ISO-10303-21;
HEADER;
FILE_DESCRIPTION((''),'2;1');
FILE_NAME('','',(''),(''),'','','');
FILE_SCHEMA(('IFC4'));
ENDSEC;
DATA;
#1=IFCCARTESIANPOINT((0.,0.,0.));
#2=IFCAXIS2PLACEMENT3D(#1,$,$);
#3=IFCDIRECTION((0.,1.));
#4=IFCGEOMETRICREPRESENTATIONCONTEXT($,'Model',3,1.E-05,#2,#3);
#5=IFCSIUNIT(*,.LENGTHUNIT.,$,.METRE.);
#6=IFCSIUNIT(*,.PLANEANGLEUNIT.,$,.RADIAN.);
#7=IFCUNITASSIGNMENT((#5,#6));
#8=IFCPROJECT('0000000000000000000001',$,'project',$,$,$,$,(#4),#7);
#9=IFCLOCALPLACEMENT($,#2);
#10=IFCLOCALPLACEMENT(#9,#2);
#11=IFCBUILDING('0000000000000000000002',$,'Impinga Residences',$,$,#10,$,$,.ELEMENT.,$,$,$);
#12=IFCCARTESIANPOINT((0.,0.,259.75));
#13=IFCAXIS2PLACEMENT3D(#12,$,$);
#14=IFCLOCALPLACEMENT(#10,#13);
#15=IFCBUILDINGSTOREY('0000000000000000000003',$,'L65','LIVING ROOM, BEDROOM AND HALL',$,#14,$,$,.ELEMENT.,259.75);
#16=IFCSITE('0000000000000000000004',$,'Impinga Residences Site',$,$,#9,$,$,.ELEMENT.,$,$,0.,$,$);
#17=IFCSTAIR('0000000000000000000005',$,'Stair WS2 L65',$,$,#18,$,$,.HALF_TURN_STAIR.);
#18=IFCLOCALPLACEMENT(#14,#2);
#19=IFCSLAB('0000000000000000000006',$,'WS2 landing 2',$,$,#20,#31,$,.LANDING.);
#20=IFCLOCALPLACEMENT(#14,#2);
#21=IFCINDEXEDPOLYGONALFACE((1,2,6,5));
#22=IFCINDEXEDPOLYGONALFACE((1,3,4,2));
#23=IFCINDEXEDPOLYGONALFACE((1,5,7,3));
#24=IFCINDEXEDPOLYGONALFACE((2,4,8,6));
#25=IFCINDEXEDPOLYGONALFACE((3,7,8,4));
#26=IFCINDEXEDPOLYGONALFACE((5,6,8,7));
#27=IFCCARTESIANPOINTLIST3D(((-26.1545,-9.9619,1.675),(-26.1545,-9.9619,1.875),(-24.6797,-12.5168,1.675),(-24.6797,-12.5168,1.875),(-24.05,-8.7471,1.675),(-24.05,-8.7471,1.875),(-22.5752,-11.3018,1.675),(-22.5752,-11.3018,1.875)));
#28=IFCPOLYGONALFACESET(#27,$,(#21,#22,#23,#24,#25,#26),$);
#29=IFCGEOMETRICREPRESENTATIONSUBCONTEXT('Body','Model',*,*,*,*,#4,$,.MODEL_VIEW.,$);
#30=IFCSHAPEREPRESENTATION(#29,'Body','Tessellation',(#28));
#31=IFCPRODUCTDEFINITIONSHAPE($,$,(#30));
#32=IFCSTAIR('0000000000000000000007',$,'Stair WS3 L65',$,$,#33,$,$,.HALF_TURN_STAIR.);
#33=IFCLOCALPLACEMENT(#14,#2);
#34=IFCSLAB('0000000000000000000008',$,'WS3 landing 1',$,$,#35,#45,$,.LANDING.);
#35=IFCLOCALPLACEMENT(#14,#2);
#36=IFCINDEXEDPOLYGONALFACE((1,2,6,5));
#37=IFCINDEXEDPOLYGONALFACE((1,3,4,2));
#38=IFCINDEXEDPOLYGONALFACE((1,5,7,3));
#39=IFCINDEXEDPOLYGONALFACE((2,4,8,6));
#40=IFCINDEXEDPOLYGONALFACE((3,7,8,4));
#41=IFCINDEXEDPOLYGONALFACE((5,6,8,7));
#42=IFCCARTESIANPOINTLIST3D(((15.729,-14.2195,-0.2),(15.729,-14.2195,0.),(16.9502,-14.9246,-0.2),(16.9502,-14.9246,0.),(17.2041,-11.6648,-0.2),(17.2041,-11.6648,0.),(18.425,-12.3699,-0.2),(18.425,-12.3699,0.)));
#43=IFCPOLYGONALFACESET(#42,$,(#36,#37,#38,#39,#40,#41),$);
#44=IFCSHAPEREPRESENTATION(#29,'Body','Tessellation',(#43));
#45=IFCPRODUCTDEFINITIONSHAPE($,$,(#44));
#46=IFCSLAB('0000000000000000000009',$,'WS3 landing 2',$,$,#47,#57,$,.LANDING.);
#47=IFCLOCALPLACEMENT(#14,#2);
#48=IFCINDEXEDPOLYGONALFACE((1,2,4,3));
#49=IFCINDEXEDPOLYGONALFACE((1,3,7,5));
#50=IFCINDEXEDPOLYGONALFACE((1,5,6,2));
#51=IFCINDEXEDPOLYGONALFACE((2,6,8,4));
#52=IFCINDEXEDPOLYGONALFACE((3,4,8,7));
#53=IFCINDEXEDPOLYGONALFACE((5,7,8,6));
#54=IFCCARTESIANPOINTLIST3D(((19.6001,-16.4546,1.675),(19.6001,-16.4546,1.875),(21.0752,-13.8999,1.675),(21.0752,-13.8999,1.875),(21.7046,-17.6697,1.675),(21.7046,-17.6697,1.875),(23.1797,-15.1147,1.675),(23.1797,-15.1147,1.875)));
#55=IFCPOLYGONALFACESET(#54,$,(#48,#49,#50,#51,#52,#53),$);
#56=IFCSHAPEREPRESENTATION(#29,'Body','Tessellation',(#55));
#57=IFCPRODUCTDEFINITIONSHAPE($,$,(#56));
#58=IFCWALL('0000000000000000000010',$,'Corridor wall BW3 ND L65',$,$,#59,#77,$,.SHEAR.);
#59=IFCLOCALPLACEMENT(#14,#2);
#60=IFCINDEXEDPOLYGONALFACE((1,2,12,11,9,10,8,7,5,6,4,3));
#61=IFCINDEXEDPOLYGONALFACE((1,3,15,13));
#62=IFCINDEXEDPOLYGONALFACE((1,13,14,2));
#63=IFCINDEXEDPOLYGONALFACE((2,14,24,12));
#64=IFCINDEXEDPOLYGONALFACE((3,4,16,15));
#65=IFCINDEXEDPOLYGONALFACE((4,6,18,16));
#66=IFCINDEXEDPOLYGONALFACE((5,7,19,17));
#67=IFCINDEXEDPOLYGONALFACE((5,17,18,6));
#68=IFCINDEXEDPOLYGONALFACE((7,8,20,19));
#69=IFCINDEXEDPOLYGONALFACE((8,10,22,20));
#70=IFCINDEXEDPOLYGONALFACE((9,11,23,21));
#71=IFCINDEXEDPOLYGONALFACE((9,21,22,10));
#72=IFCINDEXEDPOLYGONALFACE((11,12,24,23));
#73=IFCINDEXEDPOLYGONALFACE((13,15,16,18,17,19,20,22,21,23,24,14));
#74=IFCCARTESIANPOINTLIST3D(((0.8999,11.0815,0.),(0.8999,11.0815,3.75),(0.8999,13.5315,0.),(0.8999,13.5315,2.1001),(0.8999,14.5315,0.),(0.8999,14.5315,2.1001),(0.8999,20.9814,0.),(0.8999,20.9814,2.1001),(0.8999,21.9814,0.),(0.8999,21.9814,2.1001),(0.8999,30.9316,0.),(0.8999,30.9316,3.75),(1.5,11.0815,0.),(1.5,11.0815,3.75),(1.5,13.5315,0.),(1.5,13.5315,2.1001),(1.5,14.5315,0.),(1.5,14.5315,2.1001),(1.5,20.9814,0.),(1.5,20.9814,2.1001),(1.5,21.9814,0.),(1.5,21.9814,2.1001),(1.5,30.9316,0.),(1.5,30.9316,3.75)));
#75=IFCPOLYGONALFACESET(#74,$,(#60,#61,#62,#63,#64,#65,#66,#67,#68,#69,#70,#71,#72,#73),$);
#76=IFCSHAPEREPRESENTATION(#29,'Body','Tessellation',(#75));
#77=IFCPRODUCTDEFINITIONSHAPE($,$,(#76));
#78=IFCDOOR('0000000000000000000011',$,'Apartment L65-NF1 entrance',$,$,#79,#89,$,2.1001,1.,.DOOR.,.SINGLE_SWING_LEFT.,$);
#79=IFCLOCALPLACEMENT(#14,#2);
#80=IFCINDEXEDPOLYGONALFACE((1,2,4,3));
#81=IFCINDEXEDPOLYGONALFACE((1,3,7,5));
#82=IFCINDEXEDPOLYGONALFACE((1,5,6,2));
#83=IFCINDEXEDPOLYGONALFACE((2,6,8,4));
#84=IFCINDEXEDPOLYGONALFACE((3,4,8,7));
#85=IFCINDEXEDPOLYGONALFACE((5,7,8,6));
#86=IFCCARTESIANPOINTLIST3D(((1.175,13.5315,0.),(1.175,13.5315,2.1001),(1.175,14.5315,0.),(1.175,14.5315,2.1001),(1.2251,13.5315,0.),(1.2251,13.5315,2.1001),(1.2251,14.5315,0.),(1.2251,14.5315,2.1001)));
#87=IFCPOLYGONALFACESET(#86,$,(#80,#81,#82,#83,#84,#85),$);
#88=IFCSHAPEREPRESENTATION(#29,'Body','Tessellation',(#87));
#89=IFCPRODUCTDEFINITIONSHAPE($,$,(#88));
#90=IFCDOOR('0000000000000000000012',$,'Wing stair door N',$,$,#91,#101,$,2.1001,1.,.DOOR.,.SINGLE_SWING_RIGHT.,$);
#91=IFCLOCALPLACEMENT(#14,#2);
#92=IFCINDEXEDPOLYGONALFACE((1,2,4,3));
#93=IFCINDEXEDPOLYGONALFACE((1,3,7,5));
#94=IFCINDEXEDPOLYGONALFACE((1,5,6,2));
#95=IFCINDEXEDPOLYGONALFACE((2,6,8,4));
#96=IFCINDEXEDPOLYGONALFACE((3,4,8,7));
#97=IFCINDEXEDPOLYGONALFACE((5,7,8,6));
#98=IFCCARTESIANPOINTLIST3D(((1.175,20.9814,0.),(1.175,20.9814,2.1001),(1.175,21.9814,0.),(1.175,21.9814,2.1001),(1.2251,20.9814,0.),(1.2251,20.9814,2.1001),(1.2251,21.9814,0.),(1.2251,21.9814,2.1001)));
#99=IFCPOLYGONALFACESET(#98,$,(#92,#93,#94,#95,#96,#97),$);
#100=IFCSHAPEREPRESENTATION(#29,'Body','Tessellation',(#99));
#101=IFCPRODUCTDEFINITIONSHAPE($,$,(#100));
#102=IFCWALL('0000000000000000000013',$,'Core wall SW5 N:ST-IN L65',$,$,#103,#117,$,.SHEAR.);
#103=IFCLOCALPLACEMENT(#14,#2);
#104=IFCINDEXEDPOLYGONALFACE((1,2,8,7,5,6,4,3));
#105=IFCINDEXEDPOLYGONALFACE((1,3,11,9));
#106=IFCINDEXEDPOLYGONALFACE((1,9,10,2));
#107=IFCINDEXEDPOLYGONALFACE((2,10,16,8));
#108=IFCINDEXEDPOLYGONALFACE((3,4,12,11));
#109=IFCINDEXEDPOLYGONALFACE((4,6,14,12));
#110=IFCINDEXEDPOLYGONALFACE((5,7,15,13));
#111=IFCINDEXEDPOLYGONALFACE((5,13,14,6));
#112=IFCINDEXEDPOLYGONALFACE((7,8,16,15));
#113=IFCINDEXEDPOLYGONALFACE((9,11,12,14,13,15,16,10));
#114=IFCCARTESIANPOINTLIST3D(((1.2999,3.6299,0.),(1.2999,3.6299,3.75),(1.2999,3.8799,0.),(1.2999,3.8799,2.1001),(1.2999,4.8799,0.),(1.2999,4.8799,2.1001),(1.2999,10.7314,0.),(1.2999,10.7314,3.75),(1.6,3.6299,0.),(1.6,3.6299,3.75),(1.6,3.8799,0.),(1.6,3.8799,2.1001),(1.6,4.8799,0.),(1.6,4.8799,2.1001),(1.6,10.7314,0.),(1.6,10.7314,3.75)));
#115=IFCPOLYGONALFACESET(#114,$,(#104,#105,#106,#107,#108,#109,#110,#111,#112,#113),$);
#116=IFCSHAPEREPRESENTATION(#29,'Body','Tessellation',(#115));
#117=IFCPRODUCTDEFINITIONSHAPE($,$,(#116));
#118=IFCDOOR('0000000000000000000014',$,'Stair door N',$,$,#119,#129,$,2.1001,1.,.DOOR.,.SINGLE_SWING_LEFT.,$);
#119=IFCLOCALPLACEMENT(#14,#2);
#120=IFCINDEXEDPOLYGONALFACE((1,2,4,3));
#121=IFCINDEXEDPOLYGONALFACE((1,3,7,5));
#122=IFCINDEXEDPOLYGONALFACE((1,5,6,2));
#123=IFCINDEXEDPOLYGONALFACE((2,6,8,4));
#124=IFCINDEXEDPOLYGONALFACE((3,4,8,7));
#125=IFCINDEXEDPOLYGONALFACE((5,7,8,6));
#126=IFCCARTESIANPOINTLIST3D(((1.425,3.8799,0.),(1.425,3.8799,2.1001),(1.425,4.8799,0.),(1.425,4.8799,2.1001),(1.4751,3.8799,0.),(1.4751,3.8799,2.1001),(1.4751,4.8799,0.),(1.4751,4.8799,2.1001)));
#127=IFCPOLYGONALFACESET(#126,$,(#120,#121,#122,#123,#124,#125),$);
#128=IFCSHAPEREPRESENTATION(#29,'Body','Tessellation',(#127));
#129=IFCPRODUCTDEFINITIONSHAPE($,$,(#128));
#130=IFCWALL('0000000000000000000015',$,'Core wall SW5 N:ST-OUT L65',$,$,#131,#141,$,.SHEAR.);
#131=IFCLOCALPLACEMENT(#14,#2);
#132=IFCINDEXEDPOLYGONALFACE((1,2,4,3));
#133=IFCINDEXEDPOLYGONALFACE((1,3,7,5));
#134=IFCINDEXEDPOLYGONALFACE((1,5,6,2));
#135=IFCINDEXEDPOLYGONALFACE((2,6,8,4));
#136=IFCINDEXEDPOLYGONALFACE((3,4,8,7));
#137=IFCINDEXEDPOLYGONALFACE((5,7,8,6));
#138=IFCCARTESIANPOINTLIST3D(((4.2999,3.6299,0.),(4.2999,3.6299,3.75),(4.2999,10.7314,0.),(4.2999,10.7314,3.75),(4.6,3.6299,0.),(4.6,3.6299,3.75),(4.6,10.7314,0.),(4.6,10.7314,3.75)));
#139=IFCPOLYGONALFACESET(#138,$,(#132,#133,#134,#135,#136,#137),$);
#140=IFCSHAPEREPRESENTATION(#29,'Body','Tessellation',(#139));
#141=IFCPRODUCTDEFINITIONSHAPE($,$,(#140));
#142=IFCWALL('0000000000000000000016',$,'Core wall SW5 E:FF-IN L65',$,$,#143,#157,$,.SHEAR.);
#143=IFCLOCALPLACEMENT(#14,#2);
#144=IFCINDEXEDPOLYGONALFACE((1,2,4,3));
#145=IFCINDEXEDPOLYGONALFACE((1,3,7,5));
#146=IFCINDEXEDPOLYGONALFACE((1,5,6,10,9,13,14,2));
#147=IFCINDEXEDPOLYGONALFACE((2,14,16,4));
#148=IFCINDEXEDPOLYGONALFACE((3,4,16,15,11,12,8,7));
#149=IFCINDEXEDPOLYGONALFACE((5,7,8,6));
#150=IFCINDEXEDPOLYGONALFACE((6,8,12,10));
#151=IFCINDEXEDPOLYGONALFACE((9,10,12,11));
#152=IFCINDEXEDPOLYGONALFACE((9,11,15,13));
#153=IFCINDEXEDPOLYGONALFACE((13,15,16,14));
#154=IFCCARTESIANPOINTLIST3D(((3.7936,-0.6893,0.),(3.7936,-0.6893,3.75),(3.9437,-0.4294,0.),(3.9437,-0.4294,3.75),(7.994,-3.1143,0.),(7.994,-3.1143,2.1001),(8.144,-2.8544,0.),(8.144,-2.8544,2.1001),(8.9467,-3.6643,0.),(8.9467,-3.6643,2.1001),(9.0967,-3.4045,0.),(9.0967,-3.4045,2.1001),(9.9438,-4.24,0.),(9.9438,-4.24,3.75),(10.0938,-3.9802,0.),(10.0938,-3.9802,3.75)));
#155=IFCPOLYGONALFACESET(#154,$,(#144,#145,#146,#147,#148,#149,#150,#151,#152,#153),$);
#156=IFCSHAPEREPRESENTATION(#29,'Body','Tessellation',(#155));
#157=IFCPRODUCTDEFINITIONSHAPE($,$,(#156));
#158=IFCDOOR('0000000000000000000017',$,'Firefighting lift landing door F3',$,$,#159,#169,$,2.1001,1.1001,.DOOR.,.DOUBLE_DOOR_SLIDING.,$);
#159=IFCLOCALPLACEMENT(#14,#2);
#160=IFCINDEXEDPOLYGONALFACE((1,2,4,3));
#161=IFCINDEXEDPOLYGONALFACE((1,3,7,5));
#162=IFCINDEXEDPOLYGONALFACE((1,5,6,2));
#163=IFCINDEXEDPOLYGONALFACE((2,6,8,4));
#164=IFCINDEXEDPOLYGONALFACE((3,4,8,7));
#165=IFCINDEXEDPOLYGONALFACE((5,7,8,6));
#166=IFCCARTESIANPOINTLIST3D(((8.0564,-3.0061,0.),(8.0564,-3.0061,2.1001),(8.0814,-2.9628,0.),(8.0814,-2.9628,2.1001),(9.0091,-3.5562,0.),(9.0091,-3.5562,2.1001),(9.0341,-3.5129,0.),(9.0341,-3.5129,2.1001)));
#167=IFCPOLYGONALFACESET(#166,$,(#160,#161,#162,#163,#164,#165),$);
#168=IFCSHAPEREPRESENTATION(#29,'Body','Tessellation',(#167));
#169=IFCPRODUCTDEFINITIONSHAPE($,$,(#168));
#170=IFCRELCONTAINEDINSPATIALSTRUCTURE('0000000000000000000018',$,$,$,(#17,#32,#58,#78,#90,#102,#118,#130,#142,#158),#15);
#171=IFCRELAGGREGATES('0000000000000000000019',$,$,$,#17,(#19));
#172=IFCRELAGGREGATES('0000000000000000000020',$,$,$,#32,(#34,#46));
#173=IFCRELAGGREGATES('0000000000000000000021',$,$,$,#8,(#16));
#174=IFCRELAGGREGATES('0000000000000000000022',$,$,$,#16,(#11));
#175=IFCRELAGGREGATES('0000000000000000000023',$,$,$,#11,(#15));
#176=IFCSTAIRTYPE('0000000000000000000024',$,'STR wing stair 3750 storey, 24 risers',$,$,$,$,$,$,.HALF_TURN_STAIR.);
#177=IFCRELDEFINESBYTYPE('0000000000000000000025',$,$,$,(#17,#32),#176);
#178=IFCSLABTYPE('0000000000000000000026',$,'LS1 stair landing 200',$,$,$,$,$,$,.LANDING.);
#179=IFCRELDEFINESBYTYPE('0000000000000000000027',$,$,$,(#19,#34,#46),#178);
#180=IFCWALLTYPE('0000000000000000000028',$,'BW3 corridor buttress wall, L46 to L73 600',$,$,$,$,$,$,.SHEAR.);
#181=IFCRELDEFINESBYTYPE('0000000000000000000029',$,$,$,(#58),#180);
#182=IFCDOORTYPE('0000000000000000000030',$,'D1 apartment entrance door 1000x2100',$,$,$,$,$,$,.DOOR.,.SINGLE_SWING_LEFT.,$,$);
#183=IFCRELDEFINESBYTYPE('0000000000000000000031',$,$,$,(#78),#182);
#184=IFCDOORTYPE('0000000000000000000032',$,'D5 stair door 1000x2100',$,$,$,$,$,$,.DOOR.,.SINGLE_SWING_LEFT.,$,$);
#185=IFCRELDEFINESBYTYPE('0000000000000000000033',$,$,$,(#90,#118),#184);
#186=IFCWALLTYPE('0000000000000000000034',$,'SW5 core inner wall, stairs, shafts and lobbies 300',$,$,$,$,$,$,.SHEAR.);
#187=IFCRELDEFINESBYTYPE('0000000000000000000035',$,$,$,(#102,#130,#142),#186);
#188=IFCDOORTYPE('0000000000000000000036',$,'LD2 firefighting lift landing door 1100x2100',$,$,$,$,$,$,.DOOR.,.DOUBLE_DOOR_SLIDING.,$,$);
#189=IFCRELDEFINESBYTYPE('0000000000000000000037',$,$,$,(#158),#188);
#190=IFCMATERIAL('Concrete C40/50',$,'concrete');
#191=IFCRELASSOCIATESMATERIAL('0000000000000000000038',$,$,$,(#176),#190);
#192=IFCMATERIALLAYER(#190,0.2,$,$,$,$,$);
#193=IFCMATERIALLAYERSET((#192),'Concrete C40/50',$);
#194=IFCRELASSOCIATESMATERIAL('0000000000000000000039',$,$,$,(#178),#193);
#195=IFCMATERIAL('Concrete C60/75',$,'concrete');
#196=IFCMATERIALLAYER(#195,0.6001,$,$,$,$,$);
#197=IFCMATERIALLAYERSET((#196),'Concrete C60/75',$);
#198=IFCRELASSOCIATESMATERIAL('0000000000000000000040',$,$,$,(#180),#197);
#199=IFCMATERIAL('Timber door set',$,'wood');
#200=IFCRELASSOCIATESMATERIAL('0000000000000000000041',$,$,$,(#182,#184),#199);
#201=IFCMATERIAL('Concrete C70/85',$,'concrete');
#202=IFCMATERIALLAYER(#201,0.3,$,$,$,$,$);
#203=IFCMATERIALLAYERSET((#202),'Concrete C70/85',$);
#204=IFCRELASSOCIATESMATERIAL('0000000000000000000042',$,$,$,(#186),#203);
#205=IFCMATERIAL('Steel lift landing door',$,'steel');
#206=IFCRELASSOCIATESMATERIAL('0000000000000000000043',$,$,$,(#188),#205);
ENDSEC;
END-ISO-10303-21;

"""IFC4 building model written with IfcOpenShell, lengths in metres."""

from ifc_helpers import new_model, si_unit, direction, frame, frame_2d, origin, place, context, subcontext, project, spatial, polyline, rectangle, outline, extrude, material, layer, layer_set, type_object, element, fill, aggregate, save


model = new_model("IFC4")

# Units and contexts
model_context = context("Model", 3, precision=1e-05, world=origin(), true_north=direction((0.0, 1.0)))
body_context = subcontext(model_context, "Body", "Model", "MODEL_VIEW")
ifc_project = project(units=[si_unit("LENGTHUNIT", "METRE"), si_unit("PLANEANGLEUNIT", "RADIAN")], contexts=[model_context])

# Site, building, storey
site_placement = place(None, origin())
site = spatial("IfcSite", under=ifc_project, at=site_placement, Name="Impinga Residences Site", CompositionType="ELEMENT", RefElevation=0.0)
building_placement = place(site_placement, origin())
building = spatial("IfcBuilding", under=site, at=building_placement, Name="Impinga Residences", CompositionType="ELEMENT")
storey_placement = place(building_placement, frame((0.0, 0.0, 259.75)))
storey = spatial("IfcBuildingStorey", under=building, at=storey_placement, Name="L65", Description="LIVING ROOM, BEDROOM AND HALL", CompositionType="ELEMENT", Elevation=259.75)

# Stair, slab
ifc_material_1 = material(Name="Concrete C40/50", Category="concrete")
stair_type_1 = type_object("IfcStairType", Name="STR wing stair 3750 storey, 24 risers", PredefinedType="HALF_TURN_STAIR", material=ifc_material_1)
stair_1_placement = place(storey_placement, origin())
stair_1 = element("IfcStair", 1, at=stair_1_placement, inside=storey, type_object=stair_type_1, Name="Stair WS2 L65", PredefinedType="HALF_TURN_STAIR")
ifc_layer_1 = layer(ifc_material_1, 0.2)
ifc_layer_set_1 = layer_set([ifc_layer_1], Name="Concrete C40/50")
slab_type = type_object("IfcSlabType", Name="LS1 stair landing 200", PredefinedType="LANDING", material=ifc_layer_set_1)
slab_1_placement = place(storey_placement, frame((0.0, 0.0, 1.675)))
slab_1 = element("IfcSlab", 2, at=slab_1_placement, type_object=slab_type, Name="WS2 landing 2", PredefinedType="LANDING", context=body_context, shape_type="SweptSolid", body=[
    extrude(outline(polyline([(-22.5752, -11.3018), (-24.05, -8.7471), (-26.1545, -9.9619), (-24.6797, -12.5168), (-22.5752, -11.3018)])), origin(), (0.0, 0.0, 1.0), 0.2),
])
aggregate(stair_1, [slab_1])

# Stair, slabs
stair_2_placement = place(storey_placement, origin())
stair_2 = element("IfcStair", 3, at=stair_2_placement, inside=storey, type_object=stair_type_1, Name="Stair WS3 L65", PredefinedType="HALF_TURN_STAIR")
slab_2_placement = place(storey_placement, frame((0.0, 0.0, -0.2)))
slab_2 = element("IfcSlab", 4, at=slab_2_placement, type_object=slab_type, Name="WS3 landing 1", PredefinedType="LANDING", context=body_context, shape_type="SweptSolid", body=[
    extrude(outline(polyline([(17.2041, -11.6648), (15.729, -14.2195), (16.9502, -14.9246), (18.425, -12.3699), (17.2041, -11.6648)])), origin(), (0.0, 0.0, 1.0), 0.2),
])
slab_3_placement = place(storey_placement, frame((0.0, 0.0, 1.675)))
slab_3 = element("IfcSlab", 5, at=slab_3_placement, type_object=slab_type, Name="WS3 landing 2", PredefinedType="LANDING", context=body_context, shape_type="SweptSolid", body=[
    extrude(outline(polyline([(21.0752, -13.8999), (19.6001, -16.4546), (21.7046, -17.6697), (23.1797, -15.1147), (21.0752, -13.8999)])), origin(), (0.0, 0.0, 1.0), 0.2),
])
aggregate(stair_2, [slab_2, slab_3])

# Wall, openings, doors
ifc_material_2 = material(Name="Concrete C60/75", Category="concrete")
ifc_layer_2 = layer(ifc_material_2, 0.6001)
ifc_layer_set_2 = layer_set([ifc_layer_2], Name="Concrete C60/75")
wall_type_1 = type_object("IfcWallType", Name="BW3 corridor buttress wall, L46 to L73 600", PredefinedType="SHEAR", material=ifc_layer_set_2)
wall_1_placement = place(storey_placement, frame((1.2, 11.0815, 0.0), z_axis=(0.0, 0.0, 1.0), x_axis=(0.0, 1.0, 0.0)))
wall_1 = element("IfcWall", 6, at=wall_1_placement, inside=storey, type_object=wall_type_1, Name="Corridor wall BW3 ND L65", PredefinedType="SHEAR", context=body_context, shape_type="SweptSolid", body=[
    extrude(rectangle(XDim=19.8501, YDim=0.6001, at=frame_2d((9.925, 0.0))), origin(), (0.0, 0.0, 1.0), 3.75),
])
opening_1_placement = place(wall_1_placement, frame((9.8999, 0.0, 0.0)))
opening_1 = element("IfcOpeningElement", 7, at=opening_1_placement, cuts=wall_1, PredefinedType="OPENING", context=body_context, shape_type="SweptSolid", body=[
    extrude(rectangle(XDim=1.0, YDim=2.1001, at=frame_2d((0.5, 1.05))), frame((0.0, 0.3101, 0.0), z_axis=(0.0, -1.0, 0.0), x_axis=(1.0, 0.0, 0.0)), (0.0, 0.0, 1.0), 0.6201),
])
opening_2_placement = place(wall_1_placement, frame((2.45, 0.0, 0.0)))
opening_2 = element("IfcOpeningElement", 8, at=opening_2_placement, cuts=wall_1, PredefinedType="OPENING", context=body_context, shape_type="SweptSolid", body=[
    extrude(rectangle(XDim=1.0, YDim=2.1001, at=frame_2d((0.5, 1.05))), frame((0.0, 0.3101, 0.0), z_axis=(0.0, -1.0, 0.0), x_axis=(1.0, 0.0, 0.0)), (0.0, 0.0, 1.0), 0.6201),
])
ifc_material_3 = material(Name="Timber door set", Category="wood")
door_type_1 = type_object("IfcDoorType", Name="D1 apartment entrance door 1000x2100", OperationType="SINGLE_SWING_LEFT", PredefinedType="DOOR", material=ifc_material_3)
door_1_placement = place(opening_2_placement, origin())
door_1 = element("IfcDoor", 9, at=door_1_placement, inside=storey, type_object=door_type_1, Name="Apartment L65-NF1 entrance", OperationType="SINGLE_SWING_LEFT", OverallHeight=2.1001, OverallWidth=1.0, PredefinedType="DOOR", context=body_context, shape_type="SweptSolid", body=[
    extrude(rectangle(XDim=1.0, YDim=2.1001, at=frame_2d((0.5, 1.05))), frame((0.0, 0.0249, 0.0), z_axis=(0.0, -1.0, 0.0), x_axis=(1.0, 0.0, 0.0)), (0.0, 0.0, 1.0), 0.05),
])
fill(opening_2, door_1)
door_type_2 = type_object("IfcDoorType", Name="D5 stair door 1000x2100", OperationType="SINGLE_SWING_LEFT", PredefinedType="DOOR", material=ifc_material_3)
door_2_placement = place(opening_1_placement, origin())
door_2 = element("IfcDoor", 10, at=door_2_placement, inside=storey, type_object=door_type_2, Name="Wing stair door N", OperationType="SINGLE_SWING_RIGHT", OverallHeight=2.1001, OverallWidth=1.0, PredefinedType="DOOR", context=body_context, shape_type="SweptSolid", body=[
    extrude(rectangle(XDim=1.0, YDim=2.1001, at=frame_2d((0.5, 1.05))), frame((0.0, 0.0249, 0.0), z_axis=(0.0, -1.0, 0.0), x_axis=(1.0, 0.0, 0.0)), (0.0, 0.0, 1.0), 0.05),
])
fill(opening_1, door_2)

# Wall, opening, door
ifc_material_4 = material(Name="Concrete C70/85", Category="concrete")
ifc_layer_3 = layer(ifc_material_4, 0.3)
ifc_layer_set_3 = layer_set([ifc_layer_3], Name="Concrete C70/85")
wall_type_2 = type_object("IfcWallType", Name="SW5 core inner wall, stairs, shafts and lobbies 300", PredefinedType="SHEAR", material=ifc_layer_set_3)
wall_2_placement = place(storey_placement, frame((1.45, 3.6299, 0.0), z_axis=(0.0, 0.0, 1.0), x_axis=(0.0, 1.0, 0.0)))
wall_2 = element("IfcWall", 11, at=wall_2_placement, inside=storey, type_object=wall_type_2, Name="Core wall SW5 N:ST-IN L65", PredefinedType="SHEAR", context=body_context, shape_type="SweptSolid", body=[
    extrude(rectangle(XDim=7.1016, YDim=0.3, at=frame_2d((3.5508, 0.0))), origin(), (0.0, 0.0, 1.0), 3.75),
])
opening_3_placement = place(wall_2_placement, frame((0.25, 0.0, 0.0)))
opening_3 = element("IfcOpeningElement", 12, at=opening_3_placement, cuts=wall_2, PredefinedType="OPENING", context=body_context, shape_type="SweptSolid", body=[
    extrude(rectangle(XDim=1.0, YDim=2.1001, at=frame_2d((0.5, 1.05))), frame((0.0, 0.1599, 0.0), z_axis=(0.0, -1.0, 0.0), x_axis=(1.0, 0.0, 0.0)), (0.0, 0.0, 1.0), 0.3201),
])
door_3_placement = place(opening_3_placement, origin())
door_3 = element("IfcDoor", 13, at=door_3_placement, inside=storey, type_object=door_type_2, Name="Stair door N", OperationType="SINGLE_SWING_LEFT", OverallHeight=2.1001, OverallWidth=1.0, PredefinedType="DOOR", context=body_context, shape_type="SweptSolid", body=[
    extrude(rectangle(XDim=1.0, YDim=2.1001, at=frame_2d((0.5, 1.05))), frame((0.0, 0.0249, 0.0), z_axis=(0.0, -1.0, 0.0), x_axis=(1.0, 0.0, 0.0)), (0.0, 0.0, 1.0), 0.05),
])
fill(opening_3, door_3)

# Wall
wall_3_placement = place(storey_placement, frame((4.45, 3.6299, 0.0), z_axis=(0.0, 0.0, 1.0), x_axis=(0.0, 1.0, 0.0)))
element("IfcWall", 14, at=wall_3_placement, inside=storey, type_object=wall_type_2, Name="Core wall SW5 N:ST-OUT L65", PredefinedType="SHEAR", context=body_context, shape_type="SweptSolid", body=[
    extrude(rectangle(XDim=7.1016, YDim=0.3, at=frame_2d((3.5508, 0.0))), origin(), (0.0, 0.0, 1.0), 3.75),
])

# Wall, opening, door
wall_4_placement = place(storey_placement, frame((3.8687, -0.5593, 0.0), z_axis=(0.0, 0.0, 1.0), x_axis=(0.866026, -0.499999, 0.0)))
wall_4 = element("IfcWall", 15, at=wall_4_placement, inside=storey, type_object=wall_type_2, Name="Core wall SW5 E:FF-IN L65", PredefinedType="SHEAR", context=body_context, shape_type="SweptSolid", body=[
    extrude(rectangle(XDim=7.1016, YDim=0.3, at=frame_2d((3.5508, 0.0))), origin(), (0.0, 0.0, 1.0), 3.75),
])
opening_4_placement = place(wall_4_placement, frame((4.8501, 0.0, 0.0)))
opening_4 = element("IfcOpeningElement", 16, at=opening_4_placement, cuts=wall_4, PredefinedType="OPENING", context=body_context, shape_type="SweptSolid", body=[
    extrude(rectangle(XDim=1.1001, YDim=2.1001, at=frame_2d((0.55, 1.05))), frame((0.0, 0.1599, 0.0), z_axis=(0.0, -1.0, 0.0), x_axis=(1.0, 0.0, 0.0)), (0.0, 0.0, 1.0), 0.3201),
])
ifc_material_5 = material(Name="Steel lift landing door", Category="steel")
door_type_3 = type_object("IfcDoorType", Name="LD2 firefighting lift landing door 1100x2100", OperationType="DOUBLE_DOOR_SLIDING", PredefinedType="DOOR", material=ifc_material_5)
door_4_placement = place(opening_4_placement, origin())
door_4 = element("IfcDoor", 17, at=door_4_placement, inside=storey, type_object=door_type_3, Name="Firefighting lift landing door F3", OperationType="DOUBLE_DOOR_SLIDING", OverallHeight=2.1001, OverallWidth=1.1001, PredefinedType="DOOR", context=body_context, shape_type="SweptSolid", body=[
    extrude(rectangle(XDim=1.1001, YDim=2.1001, at=frame_2d((0.55, 1.05))), frame((0.0, 0.0249, 0.0), z_axis=(0.0, -1.0, 0.0), x_axis=(1.0, 0.0, 0.0)), (0.0, 0.0, 1.0), 0.05),
])
fill(opening_4, door_4)

save(model, "model.ifc")
